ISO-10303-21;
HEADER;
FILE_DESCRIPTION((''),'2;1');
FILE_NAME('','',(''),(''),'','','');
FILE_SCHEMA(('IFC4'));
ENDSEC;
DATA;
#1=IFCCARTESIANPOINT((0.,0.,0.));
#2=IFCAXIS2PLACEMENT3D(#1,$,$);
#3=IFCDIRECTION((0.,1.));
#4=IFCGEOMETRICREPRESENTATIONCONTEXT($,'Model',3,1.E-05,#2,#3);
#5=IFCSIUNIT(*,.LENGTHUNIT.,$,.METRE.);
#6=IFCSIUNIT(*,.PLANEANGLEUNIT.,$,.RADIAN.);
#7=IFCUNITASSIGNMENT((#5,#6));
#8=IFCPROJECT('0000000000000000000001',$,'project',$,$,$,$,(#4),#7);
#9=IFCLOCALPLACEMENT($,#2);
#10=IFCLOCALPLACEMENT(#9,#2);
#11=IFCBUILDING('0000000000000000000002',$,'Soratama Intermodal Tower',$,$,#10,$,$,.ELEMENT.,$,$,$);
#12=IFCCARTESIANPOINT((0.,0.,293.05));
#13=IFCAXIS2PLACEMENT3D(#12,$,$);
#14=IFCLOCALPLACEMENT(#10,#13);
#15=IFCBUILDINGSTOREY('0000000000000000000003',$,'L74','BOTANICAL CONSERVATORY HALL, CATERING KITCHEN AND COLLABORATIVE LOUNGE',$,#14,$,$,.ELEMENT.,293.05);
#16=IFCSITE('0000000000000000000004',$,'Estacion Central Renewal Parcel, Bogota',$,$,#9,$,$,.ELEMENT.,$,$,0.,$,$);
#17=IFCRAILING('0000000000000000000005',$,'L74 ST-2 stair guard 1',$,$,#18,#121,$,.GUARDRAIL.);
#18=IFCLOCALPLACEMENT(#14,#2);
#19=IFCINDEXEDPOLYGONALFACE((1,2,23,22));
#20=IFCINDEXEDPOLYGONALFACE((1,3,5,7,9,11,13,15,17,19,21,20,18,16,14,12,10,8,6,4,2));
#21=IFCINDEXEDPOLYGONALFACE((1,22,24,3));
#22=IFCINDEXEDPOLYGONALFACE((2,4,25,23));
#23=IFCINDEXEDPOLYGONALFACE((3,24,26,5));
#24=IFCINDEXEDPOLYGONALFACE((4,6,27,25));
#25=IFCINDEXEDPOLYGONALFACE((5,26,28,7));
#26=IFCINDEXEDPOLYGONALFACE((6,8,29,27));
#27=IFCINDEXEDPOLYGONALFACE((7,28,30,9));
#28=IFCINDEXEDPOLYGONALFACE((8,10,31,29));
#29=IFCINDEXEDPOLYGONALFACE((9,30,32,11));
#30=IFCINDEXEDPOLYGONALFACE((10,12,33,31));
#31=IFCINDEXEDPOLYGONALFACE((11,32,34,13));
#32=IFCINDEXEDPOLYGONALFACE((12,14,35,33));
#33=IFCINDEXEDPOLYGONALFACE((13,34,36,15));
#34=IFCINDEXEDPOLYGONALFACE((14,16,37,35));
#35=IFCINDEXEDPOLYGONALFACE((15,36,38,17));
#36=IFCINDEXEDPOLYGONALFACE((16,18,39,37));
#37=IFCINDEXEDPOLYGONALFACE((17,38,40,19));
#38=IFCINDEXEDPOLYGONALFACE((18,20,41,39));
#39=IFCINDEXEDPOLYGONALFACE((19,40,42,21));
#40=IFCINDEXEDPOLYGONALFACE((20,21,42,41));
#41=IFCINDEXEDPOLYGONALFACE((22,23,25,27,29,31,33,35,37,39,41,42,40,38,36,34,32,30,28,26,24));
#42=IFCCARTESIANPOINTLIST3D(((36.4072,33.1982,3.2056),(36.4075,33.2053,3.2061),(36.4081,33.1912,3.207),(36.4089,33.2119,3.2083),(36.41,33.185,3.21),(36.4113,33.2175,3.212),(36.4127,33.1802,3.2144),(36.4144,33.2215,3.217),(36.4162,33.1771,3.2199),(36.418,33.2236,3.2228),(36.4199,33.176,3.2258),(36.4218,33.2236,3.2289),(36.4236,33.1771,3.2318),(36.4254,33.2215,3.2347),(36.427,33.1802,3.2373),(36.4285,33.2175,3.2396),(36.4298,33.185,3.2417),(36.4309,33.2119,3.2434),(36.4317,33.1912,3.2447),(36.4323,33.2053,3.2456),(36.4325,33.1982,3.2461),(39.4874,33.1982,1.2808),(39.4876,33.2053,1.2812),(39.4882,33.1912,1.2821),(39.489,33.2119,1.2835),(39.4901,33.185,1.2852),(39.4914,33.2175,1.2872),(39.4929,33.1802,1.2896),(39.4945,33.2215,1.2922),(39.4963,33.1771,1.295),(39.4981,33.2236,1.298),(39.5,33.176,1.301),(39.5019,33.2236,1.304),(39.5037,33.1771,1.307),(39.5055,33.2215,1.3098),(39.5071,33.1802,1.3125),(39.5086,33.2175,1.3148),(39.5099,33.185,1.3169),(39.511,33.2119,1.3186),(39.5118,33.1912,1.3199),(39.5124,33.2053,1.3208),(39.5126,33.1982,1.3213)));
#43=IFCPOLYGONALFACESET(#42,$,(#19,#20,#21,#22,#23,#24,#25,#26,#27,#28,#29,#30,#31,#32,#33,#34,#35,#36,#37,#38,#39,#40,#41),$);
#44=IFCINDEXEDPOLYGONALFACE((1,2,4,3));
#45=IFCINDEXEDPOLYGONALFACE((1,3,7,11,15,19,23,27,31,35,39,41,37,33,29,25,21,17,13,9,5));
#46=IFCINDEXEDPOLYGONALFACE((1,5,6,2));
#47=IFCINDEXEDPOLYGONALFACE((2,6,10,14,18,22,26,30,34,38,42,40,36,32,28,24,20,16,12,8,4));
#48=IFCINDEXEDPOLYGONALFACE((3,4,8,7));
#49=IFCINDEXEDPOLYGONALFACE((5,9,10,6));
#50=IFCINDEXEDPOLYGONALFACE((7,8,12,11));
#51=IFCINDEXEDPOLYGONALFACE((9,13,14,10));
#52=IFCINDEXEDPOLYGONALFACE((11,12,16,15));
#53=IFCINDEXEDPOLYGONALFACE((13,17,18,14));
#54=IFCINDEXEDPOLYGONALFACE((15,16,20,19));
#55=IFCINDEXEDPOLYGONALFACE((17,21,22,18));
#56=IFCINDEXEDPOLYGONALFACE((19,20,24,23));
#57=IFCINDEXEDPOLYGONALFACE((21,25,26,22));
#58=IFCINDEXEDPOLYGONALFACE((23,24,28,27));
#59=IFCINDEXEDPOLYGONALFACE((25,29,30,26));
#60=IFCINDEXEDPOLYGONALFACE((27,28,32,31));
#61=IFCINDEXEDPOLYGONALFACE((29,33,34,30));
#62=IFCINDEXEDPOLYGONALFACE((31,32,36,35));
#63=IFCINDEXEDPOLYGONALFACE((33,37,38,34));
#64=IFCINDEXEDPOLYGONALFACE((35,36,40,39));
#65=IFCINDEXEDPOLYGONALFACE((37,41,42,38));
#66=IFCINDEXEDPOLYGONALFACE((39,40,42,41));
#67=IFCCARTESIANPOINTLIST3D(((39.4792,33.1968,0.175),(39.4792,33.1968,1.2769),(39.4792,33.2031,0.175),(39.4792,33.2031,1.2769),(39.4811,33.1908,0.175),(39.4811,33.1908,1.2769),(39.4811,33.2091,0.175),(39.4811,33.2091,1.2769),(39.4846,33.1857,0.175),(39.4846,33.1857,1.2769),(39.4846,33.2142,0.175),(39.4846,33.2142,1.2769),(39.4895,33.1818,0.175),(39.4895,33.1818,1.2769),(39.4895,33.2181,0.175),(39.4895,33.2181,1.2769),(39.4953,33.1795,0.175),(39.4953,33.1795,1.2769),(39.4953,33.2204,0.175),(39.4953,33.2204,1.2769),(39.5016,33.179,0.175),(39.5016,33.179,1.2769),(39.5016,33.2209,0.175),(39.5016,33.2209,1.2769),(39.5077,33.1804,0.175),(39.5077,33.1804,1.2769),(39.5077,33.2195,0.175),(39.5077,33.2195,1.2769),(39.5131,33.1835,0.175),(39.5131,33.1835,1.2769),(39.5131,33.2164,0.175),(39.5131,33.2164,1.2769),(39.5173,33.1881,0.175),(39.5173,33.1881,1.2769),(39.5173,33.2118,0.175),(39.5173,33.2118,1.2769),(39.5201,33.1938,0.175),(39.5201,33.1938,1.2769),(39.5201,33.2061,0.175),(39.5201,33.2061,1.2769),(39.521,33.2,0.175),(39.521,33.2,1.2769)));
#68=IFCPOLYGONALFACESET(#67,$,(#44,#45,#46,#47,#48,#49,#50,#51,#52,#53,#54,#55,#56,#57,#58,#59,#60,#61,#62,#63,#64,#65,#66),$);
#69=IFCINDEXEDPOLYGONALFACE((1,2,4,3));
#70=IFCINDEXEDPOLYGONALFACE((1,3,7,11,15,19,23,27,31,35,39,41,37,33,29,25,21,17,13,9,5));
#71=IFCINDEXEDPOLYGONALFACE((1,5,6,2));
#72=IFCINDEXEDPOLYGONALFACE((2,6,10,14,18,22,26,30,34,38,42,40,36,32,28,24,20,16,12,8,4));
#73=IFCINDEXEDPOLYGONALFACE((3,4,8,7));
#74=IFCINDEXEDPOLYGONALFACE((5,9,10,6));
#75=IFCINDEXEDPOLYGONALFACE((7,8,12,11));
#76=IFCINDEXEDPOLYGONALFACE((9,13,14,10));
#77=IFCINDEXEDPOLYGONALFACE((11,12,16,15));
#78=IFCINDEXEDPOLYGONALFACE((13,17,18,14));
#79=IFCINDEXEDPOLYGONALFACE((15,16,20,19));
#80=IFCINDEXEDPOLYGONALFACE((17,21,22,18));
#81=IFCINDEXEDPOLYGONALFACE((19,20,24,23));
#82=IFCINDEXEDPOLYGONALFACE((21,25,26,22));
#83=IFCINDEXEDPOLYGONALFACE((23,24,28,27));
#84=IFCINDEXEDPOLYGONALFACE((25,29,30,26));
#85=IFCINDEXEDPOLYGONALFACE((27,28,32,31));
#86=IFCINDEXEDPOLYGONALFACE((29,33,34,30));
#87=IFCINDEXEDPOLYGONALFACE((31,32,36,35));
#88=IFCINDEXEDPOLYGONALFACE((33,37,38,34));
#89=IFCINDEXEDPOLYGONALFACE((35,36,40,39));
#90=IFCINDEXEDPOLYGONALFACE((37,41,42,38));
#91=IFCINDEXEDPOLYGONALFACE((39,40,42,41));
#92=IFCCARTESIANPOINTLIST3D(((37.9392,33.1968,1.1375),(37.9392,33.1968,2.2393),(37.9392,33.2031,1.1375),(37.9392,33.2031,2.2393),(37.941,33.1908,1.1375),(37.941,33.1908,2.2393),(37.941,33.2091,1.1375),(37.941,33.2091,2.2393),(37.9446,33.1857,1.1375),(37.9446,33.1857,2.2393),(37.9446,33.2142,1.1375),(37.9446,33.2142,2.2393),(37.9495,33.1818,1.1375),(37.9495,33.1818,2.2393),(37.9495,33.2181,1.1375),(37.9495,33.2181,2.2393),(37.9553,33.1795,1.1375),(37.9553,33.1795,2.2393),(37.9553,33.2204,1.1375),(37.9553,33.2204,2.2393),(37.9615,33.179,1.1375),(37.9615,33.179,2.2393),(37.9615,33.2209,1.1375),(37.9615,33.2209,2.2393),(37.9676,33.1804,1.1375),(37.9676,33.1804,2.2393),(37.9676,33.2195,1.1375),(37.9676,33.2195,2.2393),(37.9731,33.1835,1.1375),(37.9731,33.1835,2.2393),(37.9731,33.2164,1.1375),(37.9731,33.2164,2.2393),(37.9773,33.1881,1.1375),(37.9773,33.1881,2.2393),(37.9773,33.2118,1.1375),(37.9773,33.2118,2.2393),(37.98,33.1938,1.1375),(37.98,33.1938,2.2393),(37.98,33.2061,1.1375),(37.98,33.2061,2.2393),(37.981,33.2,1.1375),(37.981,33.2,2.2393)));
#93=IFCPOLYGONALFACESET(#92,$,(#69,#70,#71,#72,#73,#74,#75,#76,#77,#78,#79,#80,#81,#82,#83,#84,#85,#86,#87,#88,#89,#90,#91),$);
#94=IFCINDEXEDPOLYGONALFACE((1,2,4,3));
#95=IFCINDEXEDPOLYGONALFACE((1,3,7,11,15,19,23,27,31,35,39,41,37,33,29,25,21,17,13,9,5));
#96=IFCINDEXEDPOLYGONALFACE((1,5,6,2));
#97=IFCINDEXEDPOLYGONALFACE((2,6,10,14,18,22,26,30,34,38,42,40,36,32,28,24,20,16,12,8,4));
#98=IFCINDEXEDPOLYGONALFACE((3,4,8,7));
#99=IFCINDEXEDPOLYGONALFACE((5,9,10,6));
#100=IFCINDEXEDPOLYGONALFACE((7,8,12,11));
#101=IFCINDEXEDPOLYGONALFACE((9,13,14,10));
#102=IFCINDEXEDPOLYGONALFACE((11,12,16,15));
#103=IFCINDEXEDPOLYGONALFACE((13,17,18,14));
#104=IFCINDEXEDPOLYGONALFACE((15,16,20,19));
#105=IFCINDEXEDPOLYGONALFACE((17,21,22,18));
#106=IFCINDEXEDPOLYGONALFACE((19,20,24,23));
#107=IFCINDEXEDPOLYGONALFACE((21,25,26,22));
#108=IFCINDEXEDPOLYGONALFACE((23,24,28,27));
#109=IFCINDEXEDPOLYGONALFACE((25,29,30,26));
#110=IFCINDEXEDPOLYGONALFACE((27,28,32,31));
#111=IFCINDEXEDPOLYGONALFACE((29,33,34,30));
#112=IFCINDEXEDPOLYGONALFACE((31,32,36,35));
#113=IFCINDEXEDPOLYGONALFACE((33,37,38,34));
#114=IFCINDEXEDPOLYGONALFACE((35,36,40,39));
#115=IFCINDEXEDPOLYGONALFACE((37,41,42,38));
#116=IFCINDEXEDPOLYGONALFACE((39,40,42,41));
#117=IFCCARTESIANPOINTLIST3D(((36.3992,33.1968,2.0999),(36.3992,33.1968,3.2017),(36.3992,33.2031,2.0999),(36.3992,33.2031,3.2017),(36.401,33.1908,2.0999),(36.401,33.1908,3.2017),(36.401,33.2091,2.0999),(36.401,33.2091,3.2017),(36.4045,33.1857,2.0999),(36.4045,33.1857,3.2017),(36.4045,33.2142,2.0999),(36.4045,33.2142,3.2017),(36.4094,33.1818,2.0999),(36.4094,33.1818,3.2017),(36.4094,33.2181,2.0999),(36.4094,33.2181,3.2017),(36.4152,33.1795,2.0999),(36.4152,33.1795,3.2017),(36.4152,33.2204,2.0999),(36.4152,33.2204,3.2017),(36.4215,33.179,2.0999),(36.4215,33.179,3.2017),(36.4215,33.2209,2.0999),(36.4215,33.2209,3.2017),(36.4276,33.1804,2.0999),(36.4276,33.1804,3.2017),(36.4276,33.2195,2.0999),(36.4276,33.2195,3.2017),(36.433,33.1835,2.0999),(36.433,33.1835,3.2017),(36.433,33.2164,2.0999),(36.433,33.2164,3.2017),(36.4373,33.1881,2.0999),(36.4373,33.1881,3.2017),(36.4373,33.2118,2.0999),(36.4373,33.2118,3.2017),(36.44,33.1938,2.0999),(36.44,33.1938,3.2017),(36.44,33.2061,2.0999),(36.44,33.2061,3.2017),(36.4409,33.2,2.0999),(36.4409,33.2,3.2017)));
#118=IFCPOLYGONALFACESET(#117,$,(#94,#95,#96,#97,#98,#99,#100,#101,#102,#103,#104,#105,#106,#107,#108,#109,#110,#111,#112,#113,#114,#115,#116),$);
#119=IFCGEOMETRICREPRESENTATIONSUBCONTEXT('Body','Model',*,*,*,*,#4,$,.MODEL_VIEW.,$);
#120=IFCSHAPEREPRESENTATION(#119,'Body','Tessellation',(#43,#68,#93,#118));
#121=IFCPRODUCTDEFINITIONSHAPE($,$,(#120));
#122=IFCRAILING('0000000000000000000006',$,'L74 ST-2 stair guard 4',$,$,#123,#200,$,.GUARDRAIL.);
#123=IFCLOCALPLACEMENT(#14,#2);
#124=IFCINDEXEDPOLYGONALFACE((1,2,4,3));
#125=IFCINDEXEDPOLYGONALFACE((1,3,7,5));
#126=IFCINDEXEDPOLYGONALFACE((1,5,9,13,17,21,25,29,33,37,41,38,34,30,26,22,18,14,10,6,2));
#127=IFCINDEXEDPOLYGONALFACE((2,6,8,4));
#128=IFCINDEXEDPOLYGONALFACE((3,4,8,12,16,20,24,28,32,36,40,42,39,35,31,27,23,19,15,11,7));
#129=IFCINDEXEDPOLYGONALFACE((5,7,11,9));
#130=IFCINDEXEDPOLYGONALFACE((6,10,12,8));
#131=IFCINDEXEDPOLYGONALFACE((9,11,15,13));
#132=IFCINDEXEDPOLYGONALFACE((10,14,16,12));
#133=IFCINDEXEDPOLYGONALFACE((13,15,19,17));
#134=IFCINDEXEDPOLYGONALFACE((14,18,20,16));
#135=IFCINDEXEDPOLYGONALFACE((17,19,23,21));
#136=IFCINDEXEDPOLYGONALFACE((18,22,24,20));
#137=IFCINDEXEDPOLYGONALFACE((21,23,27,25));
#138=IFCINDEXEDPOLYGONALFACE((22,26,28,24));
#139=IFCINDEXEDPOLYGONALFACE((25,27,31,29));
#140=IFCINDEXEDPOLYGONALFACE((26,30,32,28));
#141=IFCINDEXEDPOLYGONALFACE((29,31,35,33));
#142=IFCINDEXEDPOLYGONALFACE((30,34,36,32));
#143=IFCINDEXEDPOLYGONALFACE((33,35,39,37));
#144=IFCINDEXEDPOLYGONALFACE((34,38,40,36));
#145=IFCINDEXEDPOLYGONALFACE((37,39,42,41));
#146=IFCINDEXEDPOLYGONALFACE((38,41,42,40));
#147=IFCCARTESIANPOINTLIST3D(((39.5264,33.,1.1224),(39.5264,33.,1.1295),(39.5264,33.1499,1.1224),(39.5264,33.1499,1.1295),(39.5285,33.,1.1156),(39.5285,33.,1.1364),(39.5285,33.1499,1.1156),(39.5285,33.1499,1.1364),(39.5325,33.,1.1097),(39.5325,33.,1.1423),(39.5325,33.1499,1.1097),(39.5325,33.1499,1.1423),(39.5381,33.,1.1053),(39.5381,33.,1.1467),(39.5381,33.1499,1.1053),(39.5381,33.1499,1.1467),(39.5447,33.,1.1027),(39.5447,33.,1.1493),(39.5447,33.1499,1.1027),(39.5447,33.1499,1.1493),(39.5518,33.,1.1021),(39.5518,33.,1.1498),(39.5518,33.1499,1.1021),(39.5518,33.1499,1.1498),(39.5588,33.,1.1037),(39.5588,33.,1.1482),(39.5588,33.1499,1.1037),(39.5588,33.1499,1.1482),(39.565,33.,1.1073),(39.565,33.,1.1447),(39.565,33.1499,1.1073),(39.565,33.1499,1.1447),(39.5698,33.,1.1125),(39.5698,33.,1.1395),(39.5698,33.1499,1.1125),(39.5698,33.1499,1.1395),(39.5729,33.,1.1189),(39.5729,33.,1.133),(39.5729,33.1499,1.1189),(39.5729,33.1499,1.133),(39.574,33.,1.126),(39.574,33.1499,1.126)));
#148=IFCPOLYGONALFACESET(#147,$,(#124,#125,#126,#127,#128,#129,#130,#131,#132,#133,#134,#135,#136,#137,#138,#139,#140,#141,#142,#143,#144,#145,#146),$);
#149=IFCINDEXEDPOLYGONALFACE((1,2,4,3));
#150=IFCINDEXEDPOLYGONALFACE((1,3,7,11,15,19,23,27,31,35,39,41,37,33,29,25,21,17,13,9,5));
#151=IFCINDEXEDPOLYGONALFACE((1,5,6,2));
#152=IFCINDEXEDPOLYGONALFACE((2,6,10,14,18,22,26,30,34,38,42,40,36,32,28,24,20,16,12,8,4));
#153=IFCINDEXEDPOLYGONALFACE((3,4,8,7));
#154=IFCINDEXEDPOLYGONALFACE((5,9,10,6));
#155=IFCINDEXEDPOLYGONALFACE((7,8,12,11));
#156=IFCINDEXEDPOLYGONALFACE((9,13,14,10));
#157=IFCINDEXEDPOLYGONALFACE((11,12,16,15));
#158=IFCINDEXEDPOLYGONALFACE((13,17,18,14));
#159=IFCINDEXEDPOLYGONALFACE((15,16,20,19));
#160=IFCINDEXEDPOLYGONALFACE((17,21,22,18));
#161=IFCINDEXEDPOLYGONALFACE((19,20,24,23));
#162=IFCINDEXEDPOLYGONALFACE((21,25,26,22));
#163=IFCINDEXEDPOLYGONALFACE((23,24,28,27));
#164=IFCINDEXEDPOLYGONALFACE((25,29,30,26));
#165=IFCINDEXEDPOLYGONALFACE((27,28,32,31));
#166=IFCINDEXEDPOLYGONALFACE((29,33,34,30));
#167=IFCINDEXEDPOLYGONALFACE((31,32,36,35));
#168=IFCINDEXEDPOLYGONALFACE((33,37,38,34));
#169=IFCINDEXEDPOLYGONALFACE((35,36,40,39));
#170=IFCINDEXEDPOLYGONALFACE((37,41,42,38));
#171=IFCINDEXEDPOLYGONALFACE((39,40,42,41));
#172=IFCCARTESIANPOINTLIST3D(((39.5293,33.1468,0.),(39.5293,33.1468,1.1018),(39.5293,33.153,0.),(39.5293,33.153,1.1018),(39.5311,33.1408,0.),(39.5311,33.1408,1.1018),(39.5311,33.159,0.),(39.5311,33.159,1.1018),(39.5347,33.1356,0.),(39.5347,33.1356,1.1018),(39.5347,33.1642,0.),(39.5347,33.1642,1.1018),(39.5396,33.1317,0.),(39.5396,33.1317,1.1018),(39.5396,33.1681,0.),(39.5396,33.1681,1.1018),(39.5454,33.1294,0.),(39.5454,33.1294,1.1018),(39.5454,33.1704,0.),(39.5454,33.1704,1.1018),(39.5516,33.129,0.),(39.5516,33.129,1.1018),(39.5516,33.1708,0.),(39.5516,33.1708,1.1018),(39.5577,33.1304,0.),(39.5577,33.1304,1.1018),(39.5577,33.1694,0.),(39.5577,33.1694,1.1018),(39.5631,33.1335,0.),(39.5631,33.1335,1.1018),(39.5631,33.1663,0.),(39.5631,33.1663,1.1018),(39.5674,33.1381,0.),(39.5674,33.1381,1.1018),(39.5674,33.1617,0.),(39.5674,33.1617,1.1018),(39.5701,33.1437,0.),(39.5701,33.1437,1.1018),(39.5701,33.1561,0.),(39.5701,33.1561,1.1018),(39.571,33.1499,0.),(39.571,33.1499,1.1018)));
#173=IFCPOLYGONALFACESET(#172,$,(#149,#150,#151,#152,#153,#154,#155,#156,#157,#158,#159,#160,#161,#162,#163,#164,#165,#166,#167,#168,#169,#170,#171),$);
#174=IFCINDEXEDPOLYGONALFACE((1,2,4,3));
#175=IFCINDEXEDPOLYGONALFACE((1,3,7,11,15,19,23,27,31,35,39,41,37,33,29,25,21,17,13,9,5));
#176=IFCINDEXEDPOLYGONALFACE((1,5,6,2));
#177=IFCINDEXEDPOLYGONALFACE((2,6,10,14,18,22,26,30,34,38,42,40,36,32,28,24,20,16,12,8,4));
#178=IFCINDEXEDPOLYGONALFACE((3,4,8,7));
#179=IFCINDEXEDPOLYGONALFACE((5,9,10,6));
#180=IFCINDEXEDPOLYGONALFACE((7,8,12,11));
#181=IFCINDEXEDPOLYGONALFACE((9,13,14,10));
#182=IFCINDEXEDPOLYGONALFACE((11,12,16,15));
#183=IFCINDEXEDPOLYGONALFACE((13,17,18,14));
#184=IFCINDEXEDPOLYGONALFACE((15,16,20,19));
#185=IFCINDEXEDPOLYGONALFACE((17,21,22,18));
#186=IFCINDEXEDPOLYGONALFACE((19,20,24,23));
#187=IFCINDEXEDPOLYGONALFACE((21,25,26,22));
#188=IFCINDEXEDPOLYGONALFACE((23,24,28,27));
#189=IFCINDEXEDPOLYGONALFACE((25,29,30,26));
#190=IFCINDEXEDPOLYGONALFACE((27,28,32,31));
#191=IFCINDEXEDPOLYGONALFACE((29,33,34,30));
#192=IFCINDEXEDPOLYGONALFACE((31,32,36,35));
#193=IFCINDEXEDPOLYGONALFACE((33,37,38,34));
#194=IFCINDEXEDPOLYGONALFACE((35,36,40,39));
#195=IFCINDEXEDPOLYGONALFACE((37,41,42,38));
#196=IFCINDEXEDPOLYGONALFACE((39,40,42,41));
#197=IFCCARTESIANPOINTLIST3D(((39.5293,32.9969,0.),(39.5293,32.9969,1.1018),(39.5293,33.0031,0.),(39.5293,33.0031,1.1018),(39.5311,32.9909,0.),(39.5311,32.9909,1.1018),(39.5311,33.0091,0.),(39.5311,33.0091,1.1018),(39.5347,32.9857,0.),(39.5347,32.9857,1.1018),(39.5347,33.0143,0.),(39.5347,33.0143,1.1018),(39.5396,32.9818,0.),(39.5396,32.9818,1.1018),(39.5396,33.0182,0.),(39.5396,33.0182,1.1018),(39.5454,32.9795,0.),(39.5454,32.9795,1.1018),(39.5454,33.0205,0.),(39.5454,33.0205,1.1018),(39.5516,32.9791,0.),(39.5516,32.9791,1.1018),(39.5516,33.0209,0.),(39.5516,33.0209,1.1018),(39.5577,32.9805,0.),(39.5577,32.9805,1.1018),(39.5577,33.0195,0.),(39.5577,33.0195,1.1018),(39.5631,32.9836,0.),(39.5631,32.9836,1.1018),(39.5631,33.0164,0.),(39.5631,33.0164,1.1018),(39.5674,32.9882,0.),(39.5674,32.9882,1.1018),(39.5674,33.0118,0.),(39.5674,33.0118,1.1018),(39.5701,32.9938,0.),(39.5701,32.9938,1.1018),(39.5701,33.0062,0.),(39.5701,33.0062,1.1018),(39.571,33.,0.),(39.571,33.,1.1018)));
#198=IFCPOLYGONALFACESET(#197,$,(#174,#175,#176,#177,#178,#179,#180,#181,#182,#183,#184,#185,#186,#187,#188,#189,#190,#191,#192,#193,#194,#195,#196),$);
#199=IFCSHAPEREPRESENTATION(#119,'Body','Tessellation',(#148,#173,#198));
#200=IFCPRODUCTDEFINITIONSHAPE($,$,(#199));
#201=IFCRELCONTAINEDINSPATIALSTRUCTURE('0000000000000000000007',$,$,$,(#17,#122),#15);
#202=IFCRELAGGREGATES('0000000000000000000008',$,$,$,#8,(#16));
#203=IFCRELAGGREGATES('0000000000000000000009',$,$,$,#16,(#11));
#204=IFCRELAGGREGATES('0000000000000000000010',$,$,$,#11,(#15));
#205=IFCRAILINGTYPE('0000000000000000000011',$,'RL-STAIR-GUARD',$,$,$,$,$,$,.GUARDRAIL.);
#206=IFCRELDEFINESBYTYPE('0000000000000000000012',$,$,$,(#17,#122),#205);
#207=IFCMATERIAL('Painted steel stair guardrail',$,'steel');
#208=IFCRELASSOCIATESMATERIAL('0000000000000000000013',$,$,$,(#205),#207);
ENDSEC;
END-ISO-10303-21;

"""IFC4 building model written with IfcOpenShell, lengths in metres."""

from ifc_helpers import new_model, si_unit, direction, frame, origin, origin_2d, place, context, subcontext, project, spatial, circle, extrude, material, type_object, element, save


model = new_model("IFC4")

# Units and contexts
model_context = context("Model", 3, precision=1e-05, world=origin(), true_north=direction((0.0, 1.0)))
body_context = subcontext(model_context, "Body", "Model", "MODEL_VIEW")
ifc_project = project(units=[si_unit("LENGTHUNIT", "METRE"), si_unit("PLANEANGLEUNIT", "RADIAN")], contexts=[model_context])

# Site, building, storey
site_placement = place(None, origin())
site = spatial("IfcSite", under=ifc_project, at=site_placement, Name="Estacion Central Renewal Parcel, Bogota", CompositionType="ELEMENT", RefElevation=0.0)
building_placement = place(site_placement, origin())
building = spatial("IfcBuilding", under=site, at=building_placement, Name="Soratama Intermodal Tower", CompositionType="ELEMENT")
storey_placement = place(building_placement, frame((0.0, 0.0, 293.05)))
storey = spatial("IfcBuildingStorey", under=building, at=storey_placement, Name="L74", Description="BOTANICAL CONSERVATORY HALL, CATERING KITCHEN AND COLLABORATIVE LOUNGE", CompositionType="ELEMENT", Elevation=293.05)

# Railings
ifc_material_1 = material(Name="Painted steel stair guardrail", Category="steel")
railing_type = type_object("IfcRailingType", Name="RL-STAIR-GUARD", PredefinedType="GUARDRAIL", material=ifc_material_1)
railing_1_placement = place(storey_placement, frame((39.5, 33.2, 0.175)))
element("IfcRailing", 1, at=railing_1_placement, inside=storey, type_object=railing_type, Name="L74 ST-2 stair guard 1", PredefinedType="GUARDRAIL", context=body_context, shape_type="SweptSolid", body=[
    extrude(circle(Radius=0.0239, at=origin_2d()), frame((0.0, 0.0, 1.126), z_axis=(-0.848029, 0.0, 0.529951), x_axis=(0.0, -1.0, 0.0)), (0.0, 0.0, 1.0), 3.6321),
    extrude(circle(Radius=0.021, at=origin_2d()), origin(), (0.0, 0.0, 1.0), 1.1018),
    extrude(circle(Radius=0.021, at=origin_2d()), frame((-1.54, 0.0, 0.9624)), (0.0, 0.0, 1.0), 1.1018),
    extrude(circle(Radius=0.021, at=origin_2d()), frame((-3.0801, 0.0, 1.9248)), (0.0, 0.0, 1.0), 1.1018),
])
railing_2_placement = place(storey_placement, frame((39.55, 33.1499, 0.0)))
element("IfcRailing", 2, at=railing_2_placement, inside=storey, type_object=railing_type, Name="L74 ST-2 stair guard 4", PredefinedType="GUARDRAIL", context=body_context, shape_type="SweptSolid", body=[
    extrude(circle(Radius=0.0239, at=origin_2d()), frame((0.0, 0.0, 1.126), z_axis=(0.0, -1.0, 0.0), x_axis=(1.0, 0.0, 0.0)), (0.0, 0.0, 1.0), 0.1499),
    extrude(circle(Radius=0.021, at=origin_2d()), origin(), (0.0, 0.0, 1.0), 1.1018),
    extrude(circle(Radius=0.021, at=origin_2d()), frame((0.0, -0.1499, 0.0)), (0.0, 0.0, 1.0), 1.1018),
])

save(model, "model.ifc")
